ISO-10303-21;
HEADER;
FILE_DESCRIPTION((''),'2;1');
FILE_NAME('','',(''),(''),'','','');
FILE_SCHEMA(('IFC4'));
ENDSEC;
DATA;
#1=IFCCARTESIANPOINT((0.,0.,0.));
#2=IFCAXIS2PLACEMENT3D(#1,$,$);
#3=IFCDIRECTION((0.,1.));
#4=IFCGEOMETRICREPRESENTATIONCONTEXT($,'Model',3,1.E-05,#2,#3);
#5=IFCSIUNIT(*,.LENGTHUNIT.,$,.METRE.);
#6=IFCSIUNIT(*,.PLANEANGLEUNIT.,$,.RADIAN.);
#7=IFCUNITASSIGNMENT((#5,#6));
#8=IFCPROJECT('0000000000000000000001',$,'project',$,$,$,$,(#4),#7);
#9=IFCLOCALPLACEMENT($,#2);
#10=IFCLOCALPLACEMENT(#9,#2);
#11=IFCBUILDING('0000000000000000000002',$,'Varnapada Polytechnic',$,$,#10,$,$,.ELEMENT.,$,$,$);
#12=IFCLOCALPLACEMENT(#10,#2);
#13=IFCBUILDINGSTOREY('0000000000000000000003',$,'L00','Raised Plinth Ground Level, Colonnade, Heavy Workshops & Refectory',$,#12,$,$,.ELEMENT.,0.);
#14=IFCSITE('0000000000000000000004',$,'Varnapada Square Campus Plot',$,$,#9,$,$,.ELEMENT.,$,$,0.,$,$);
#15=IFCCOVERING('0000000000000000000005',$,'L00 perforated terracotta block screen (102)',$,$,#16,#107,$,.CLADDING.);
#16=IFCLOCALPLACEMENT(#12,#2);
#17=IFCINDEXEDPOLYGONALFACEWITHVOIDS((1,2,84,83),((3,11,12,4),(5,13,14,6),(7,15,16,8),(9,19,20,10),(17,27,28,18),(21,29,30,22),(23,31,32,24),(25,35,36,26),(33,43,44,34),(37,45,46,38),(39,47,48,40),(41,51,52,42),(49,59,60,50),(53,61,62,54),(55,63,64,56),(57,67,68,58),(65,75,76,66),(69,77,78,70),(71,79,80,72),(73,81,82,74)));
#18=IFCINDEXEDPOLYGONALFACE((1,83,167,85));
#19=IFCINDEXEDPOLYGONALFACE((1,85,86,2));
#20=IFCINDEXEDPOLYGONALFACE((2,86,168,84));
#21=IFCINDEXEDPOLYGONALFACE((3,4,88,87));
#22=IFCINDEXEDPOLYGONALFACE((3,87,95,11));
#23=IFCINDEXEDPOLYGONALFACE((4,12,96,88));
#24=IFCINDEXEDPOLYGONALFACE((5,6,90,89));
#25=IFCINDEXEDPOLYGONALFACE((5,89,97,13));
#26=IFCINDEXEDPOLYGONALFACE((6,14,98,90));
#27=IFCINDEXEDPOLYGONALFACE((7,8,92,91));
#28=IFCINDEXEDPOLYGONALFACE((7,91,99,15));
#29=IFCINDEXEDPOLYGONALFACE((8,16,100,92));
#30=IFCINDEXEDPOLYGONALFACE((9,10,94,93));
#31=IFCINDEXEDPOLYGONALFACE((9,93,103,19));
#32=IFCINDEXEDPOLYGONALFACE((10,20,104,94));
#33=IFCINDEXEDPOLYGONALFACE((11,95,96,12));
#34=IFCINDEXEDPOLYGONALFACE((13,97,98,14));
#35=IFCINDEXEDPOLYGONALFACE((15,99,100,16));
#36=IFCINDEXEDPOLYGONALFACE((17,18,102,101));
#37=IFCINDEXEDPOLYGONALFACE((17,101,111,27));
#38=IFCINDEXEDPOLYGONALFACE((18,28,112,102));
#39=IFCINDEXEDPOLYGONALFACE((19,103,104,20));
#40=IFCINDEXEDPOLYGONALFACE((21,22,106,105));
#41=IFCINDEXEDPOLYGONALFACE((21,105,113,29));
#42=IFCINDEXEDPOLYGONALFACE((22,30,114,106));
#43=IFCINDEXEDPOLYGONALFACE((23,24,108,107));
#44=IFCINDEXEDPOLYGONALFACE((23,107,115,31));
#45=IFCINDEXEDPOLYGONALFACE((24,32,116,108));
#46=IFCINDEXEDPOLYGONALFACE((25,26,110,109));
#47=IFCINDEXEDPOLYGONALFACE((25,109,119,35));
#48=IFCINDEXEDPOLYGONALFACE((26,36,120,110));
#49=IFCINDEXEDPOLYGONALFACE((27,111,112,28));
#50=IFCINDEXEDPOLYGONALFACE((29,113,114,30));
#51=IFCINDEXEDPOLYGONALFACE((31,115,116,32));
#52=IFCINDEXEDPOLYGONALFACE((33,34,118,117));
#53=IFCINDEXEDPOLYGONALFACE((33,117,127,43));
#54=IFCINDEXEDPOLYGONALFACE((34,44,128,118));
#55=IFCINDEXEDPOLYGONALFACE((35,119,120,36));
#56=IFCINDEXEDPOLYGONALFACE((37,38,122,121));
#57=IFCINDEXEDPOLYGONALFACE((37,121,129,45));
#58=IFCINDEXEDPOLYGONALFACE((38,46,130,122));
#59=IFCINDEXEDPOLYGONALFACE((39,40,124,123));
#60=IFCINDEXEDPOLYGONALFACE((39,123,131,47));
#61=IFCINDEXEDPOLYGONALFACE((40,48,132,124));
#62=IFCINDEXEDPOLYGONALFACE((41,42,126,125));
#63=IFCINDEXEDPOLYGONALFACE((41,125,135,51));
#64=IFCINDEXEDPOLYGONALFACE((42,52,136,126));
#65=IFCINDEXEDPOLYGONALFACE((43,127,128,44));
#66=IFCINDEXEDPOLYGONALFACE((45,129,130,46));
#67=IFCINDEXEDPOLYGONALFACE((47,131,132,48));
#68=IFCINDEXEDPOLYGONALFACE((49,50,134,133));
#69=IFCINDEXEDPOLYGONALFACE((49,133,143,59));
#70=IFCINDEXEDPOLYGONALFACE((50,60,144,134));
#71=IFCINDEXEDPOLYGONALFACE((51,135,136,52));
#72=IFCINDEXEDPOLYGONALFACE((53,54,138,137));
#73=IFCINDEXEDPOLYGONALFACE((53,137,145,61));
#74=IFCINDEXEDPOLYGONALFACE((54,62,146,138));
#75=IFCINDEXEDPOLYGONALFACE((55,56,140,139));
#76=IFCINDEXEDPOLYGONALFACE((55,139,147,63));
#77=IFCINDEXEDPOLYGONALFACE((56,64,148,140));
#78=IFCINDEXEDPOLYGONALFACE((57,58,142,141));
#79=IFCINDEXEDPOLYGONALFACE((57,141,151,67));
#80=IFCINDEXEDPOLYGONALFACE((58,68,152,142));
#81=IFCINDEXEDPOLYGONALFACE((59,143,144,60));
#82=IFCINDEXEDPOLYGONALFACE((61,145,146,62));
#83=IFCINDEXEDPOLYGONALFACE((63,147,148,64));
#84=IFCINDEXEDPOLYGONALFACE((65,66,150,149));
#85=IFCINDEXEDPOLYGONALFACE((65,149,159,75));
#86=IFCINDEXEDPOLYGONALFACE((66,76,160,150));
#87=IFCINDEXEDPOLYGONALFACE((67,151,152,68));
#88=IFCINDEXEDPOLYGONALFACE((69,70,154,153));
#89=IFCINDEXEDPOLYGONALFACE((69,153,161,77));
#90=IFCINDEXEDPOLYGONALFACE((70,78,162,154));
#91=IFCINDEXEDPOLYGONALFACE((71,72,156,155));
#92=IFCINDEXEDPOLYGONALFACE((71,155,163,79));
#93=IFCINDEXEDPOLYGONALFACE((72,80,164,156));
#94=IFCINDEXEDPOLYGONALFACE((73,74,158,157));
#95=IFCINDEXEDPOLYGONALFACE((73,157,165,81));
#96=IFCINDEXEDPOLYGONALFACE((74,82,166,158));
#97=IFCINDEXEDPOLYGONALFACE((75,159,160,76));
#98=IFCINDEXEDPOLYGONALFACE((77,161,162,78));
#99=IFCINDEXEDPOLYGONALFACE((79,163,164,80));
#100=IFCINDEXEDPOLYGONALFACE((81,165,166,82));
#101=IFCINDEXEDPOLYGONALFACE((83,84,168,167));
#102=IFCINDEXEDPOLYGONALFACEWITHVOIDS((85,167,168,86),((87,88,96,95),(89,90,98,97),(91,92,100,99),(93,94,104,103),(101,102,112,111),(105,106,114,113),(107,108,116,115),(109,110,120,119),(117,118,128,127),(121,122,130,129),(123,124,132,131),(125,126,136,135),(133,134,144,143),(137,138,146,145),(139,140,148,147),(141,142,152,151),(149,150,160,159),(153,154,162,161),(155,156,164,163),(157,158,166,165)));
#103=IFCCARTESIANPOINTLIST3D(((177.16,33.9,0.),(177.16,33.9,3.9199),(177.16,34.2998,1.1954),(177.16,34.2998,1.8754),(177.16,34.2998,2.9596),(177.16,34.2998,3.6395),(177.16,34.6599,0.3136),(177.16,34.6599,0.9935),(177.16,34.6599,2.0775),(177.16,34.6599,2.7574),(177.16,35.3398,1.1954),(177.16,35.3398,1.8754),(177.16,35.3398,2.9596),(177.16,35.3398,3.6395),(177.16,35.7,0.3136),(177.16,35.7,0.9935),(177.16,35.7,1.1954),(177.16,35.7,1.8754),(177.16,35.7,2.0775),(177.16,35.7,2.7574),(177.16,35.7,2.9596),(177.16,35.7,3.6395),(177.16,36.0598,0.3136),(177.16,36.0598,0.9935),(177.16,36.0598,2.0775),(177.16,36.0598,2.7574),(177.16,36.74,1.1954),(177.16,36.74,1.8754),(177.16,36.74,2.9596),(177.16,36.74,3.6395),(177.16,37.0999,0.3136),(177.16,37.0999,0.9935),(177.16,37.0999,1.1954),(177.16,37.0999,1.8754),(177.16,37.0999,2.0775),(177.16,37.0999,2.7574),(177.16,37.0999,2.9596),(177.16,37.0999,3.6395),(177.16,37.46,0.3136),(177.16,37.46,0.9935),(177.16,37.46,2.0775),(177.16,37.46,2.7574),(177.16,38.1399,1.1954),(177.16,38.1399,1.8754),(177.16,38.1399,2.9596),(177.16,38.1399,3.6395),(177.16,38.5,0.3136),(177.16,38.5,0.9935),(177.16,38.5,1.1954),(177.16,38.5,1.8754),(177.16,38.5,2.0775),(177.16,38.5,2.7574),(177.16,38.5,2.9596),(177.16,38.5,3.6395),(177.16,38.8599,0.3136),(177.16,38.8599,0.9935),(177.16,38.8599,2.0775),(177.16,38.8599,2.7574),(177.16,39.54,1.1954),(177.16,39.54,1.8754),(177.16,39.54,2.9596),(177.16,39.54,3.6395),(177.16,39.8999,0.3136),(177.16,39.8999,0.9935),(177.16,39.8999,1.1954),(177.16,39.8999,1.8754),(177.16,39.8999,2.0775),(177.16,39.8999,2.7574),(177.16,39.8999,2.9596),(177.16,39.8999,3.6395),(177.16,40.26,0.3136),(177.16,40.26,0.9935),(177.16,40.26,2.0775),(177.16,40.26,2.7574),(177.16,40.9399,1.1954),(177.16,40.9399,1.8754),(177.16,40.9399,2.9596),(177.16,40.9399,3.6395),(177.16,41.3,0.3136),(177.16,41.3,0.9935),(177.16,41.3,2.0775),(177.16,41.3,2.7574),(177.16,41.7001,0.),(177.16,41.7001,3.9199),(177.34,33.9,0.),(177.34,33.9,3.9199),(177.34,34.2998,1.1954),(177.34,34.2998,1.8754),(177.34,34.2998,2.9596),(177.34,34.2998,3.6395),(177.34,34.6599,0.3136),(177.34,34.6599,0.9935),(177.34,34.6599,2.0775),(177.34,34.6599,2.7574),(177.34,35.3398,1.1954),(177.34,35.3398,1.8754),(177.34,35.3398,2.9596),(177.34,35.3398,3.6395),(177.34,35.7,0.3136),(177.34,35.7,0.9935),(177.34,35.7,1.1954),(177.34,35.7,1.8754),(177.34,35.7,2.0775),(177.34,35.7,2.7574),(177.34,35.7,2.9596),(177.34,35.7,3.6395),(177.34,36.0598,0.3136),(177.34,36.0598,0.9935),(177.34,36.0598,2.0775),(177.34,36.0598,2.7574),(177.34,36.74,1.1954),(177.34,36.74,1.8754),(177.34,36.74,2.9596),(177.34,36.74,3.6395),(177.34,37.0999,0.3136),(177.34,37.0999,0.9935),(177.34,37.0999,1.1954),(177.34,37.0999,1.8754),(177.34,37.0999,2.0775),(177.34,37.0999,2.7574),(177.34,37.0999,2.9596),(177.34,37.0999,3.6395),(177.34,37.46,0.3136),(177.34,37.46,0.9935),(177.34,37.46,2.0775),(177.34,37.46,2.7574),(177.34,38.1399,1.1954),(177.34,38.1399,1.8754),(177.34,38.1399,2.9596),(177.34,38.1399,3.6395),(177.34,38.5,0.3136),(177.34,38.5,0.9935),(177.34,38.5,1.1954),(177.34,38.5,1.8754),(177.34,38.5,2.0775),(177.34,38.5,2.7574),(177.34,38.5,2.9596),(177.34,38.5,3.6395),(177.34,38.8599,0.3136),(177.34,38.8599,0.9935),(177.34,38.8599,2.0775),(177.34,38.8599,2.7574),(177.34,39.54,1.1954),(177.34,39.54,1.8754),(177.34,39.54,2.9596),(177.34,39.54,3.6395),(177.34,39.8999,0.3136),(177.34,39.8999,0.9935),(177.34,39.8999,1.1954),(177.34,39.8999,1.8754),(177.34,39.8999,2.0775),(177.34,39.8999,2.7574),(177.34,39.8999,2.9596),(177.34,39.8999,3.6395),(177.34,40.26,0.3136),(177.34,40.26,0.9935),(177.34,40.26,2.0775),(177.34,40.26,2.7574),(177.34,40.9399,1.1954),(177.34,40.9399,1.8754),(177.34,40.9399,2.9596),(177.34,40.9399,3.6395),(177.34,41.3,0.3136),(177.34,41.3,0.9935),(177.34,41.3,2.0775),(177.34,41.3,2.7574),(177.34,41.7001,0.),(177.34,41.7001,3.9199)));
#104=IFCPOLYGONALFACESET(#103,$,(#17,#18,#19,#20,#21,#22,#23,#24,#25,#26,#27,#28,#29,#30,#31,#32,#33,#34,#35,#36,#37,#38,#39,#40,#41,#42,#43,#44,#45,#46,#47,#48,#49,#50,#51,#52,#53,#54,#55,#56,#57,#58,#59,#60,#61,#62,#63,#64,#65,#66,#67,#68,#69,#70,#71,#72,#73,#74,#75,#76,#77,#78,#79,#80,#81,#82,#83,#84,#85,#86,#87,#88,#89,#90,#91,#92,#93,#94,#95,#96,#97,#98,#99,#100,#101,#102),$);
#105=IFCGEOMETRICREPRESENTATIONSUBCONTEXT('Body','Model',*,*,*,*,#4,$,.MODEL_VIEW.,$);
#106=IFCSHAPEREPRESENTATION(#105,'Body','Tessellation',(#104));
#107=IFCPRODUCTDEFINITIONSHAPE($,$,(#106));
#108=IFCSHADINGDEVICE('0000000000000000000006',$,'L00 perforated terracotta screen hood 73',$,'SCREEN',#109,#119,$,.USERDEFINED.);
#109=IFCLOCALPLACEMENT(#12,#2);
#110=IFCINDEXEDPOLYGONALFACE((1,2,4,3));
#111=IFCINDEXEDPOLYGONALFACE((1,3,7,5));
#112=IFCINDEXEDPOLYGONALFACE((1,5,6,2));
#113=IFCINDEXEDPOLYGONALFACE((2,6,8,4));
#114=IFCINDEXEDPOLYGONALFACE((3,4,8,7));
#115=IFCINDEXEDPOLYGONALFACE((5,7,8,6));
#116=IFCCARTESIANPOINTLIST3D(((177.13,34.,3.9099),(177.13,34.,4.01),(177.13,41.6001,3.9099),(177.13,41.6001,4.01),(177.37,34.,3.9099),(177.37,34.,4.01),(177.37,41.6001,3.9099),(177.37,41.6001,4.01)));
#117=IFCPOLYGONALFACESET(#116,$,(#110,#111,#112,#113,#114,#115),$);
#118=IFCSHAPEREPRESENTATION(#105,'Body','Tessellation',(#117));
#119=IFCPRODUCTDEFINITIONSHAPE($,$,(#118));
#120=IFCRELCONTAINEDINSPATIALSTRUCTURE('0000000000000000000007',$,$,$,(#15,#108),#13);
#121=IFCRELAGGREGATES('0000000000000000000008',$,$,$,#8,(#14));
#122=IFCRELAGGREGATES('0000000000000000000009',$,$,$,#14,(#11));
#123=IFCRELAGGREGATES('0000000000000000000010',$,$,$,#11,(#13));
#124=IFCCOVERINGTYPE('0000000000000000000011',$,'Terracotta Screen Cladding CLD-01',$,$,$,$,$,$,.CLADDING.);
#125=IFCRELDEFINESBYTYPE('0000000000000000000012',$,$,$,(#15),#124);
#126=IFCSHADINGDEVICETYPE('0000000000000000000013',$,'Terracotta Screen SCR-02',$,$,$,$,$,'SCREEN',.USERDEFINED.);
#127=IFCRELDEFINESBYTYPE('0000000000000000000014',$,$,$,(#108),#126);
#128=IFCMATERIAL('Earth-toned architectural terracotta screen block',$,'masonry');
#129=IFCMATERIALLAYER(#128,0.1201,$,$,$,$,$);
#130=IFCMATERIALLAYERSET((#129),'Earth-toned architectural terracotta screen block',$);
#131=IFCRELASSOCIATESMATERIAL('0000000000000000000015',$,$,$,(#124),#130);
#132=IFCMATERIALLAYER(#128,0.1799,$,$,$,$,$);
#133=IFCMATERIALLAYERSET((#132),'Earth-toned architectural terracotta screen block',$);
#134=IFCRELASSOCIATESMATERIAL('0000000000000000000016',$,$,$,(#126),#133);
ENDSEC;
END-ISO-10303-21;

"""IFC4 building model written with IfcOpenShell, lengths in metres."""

from ifc_helpers import new_model, si_unit, direction, frame, frame_2d, origin, origin_2d, place, context, subcontext, project, spatial, rectangle, extrude, material, layer, layer_set, type_object, element, save


model = new_model("IFC4")

# Units and contexts
model_context = context("Model", 3, precision=1e-05, world=origin(), true_north=direction((0.0, 1.0)))
body_context = subcontext(model_context, "Body", "Model", "MODEL_VIEW")
ifc_project = project(units=[si_unit("LENGTHUNIT", "METRE"), si_unit("PLANEANGLEUNIT", "RADIAN")], contexts=[model_context])

# Site, building, storey
site_placement = place(None, origin())
site = spatial("IfcSite", under=ifc_project, at=site_placement, Name="Varnapada Square Campus Plot", CompositionType="ELEMENT", RefElevation=0.0)
building_placement = place(site_placement, origin())
building = spatial("IfcBuilding", under=site, at=building_placement, Name="Varnapada Polytechnic", CompositionType="ELEMENT")
storey_placement = place(building_placement, origin())
storey = spatial("IfcBuildingStorey", under=building, at=storey_placement, Name="L00", Description="Raised Plinth Ground Level, Colonnade, Heavy Workshops & Refectory", CompositionType="ELEMENT", Elevation=0.0)

# Covering, openings
ifc_material_1 = material(Name="Earth-toned architectural terracotta screen block", Category="masonry")
ifc_layer_1 = layer(ifc_material_1, 0.1201)
ifc_layer_set_1 = layer_set([ifc_layer_1], Name="Earth-toned architectural terracotta screen block")
covering_type_1 = type_object("IfcCoveringType", Name="Terracotta Screen Cladding CLD-01", PredefinedType="CLADDING", material=ifc_layer_set_1)
covering_1_placement = place(storey_placement, frame((177.25, 41.7, 0.0), z_axis=(0.0, 0.0, 1.0), x_axis=(0.0, -1.0, 0.0)))
covering_1 = element("IfcCovering", 1, at=covering_1_placement, inside=storey, type_object=covering_type_1, Name="L00 perforated terracotta block screen (102)", PredefinedType="CLADDING", context=body_context, shape_type="SweptSolid", body=[
    extrude(rectangle(XDim=7.8, YDim=0.1799, at=frame_2d((3.8999, 0.0))), origin(), (0.0, 0.0, 1.0), 3.9199),
])
opening_1_placement = place(covering_1_placement, frame((0.3999, 0.0, 0.3137)))
element("IfcOpeningElement", 2, at=opening_1_placement, cuts=covering_1, PredefinedType="OPENING", context=body_context, shape_type="SweptSolid", body=[
    extrude(rectangle(XDim=1.04, YDim=0.6799, at=frame_2d((0.52, 0.3398))), frame((0.0, 0.0999, 0.0), z_axis=(0.0, -1.0, 0.0), x_axis=(1.0, 0.0, 0.0)), (0.0, 0.0, 1.0), 0.2),
])
opening_2_placement = place(covering_1_placement, frame((1.8, 0.0, 0.3137)))
element("IfcOpeningElement", 3, at=opening_2_placement, cuts=covering_1, PredefinedType="OPENING", context=body_context, shape_type="SweptSolid", body=[
    extrude(rectangle(XDim=1.04, YDim=0.6799, at=frame_2d((0.52, 0.3398))), frame((0.0, 0.0999, 0.0), z_axis=(0.0, -1.0, 0.0), x_axis=(1.0, 0.0, 0.0)), (0.0, 0.0, 1.0), 0.2),
])
opening_3_placement = place(covering_1_placement, frame((3.2, 0.0, 0.3137)))
element("IfcOpeningElement", 4, at=opening_3_placement, cuts=covering_1, PredefinedType="OPENING", context=body_context, shape_type="SweptSolid", body=[
    extrude(rectangle(XDim=1.04, YDim=0.6799, at=frame_2d((0.52, 0.3398))), frame((0.0, 0.0999, 0.0), z_axis=(0.0, -1.0, 0.0), x_axis=(1.0, 0.0, 0.0)), (0.0, 0.0, 1.0), 0.2),
])
opening_4_placement = place(covering_1_placement, frame((4.6001, 0.0, 0.3137)))
element("IfcOpeningElement", 5, at=opening_4_placement, cuts=covering_1, PredefinedType="OPENING", context=body_context, shape_type="SweptSolid", body=[
    extrude(rectangle(XDim=1.04, YDim=0.6799, at=frame_2d((0.52, 0.3398))), frame((0.0, 0.0999, 0.0), z_axis=(0.0, -1.0, 0.0), x_axis=(1.0, 0.0, 0.0)), (0.0, 0.0, 1.0), 0.2),
])
opening_5_placement = place(covering_1_placement, frame((6.0, 0.0, 0.3137)))
element("IfcOpeningElement", 6, at=opening_5_placement, cuts=covering_1, PredefinedType="OPENING", context=body_context, shape_type="SweptSolid", body=[
    extrude(rectangle(XDim=1.04, YDim=0.6799, at=frame_2d((0.52, 0.3398))), frame((0.0, 0.0999, 0.0), z_axis=(0.0, -1.0, 0.0), x_axis=(1.0, 0.0, 0.0)), (0.0, 0.0, 1.0), 0.2),
])
opening_6_placement = place(covering_1_placement, frame((0.76, 0.0, 1.1956)))
element("IfcOpeningElement", 7, at=opening_6_placement, cuts=covering_1, PredefinedType="OPENING", context=body_context, shape_type="SweptSolid", body=[
    extrude(rectangle(XDim=1.04, YDim=0.6799, at=frame_2d((0.52, 0.3398))), frame((0.0, 0.0999, 0.0), z_axis=(0.0, -1.0, 0.0), x_axis=(1.0, 0.0, 0.0)), (0.0, 0.0, 1.0), 0.2),
])
opening_7_placement = place(covering_1_placement, frame((2.1599, 0.0, 1.1956)))
element("IfcOpeningElement", 8, at=opening_7_placement, cuts=covering_1, PredefinedType="OPENING", context=body_context, shape_type="SweptSolid", body=[
    extrude(rectangle(XDim=1.04, YDim=0.6799, at=frame_2d((0.52, 0.3398))), frame((0.0, 0.0999, 0.0), z_axis=(0.0, -1.0, 0.0), x_axis=(1.0, 0.0, 0.0)), (0.0, 0.0, 1.0), 0.2),
])
opening_8_placement = place(covering_1_placement, frame((3.5601, 0.0, 1.1956)))
element("IfcOpeningElement", 9, at=opening_8_placement, cuts=covering_1, PredefinedType="OPENING", context=body_context, shape_type="SweptSolid", body=[
    extrude(rectangle(XDim=1.04, YDim=0.6799, at=frame_2d((0.52, 0.3398))), frame((0.0, 0.0999, 0.0), z_axis=(0.0, -1.0, 0.0), x_axis=(1.0, 0.0, 0.0)), (0.0, 0.0, 1.0), 0.2),
])
opening_9_placement = place(covering_1_placement, frame((4.96, 0.0, 1.1956)))
element("IfcOpeningElement", 10, at=opening_9_placement, cuts=covering_1, PredefinedType="OPENING", context=body_context, shape_type="SweptSolid", body=[
    extrude(rectangle(XDim=1.04, YDim=0.6799, at=frame_2d((0.52, 0.3398))), frame((0.0, 0.0999, 0.0), z_axis=(0.0, -1.0, 0.0), x_axis=(1.0, 0.0, 0.0)), (0.0, 0.0, 1.0), 0.2),
])
opening_10_placement = place(covering_1_placement, frame((6.3601, 0.0, 1.1956)))
element("IfcOpeningElement", 11, at=opening_10_placement, cuts=covering_1, PredefinedType="OPENING", context=body_context, shape_type="SweptSolid", body=[
    extrude(rectangle(XDim=1.04, YDim=0.6799, at=frame_2d((0.52, 0.3398))), frame((0.0, 0.0999, 0.0), z_axis=(0.0, -1.0, 0.0), x_axis=(1.0, 0.0, 0.0)), (0.0, 0.0, 1.0), 0.2),
])
opening_11_placement = place(covering_1_placement, frame((0.3999, 0.0, 2.0776)))
element("IfcOpeningElement", 12, at=opening_11_placement, cuts=covering_1, PredefinedType="OPENING", context=body_context, shape_type="SweptSolid", body=[
    extrude(rectangle(XDim=1.04, YDim=0.6799, at=frame_2d((0.52, 0.3398))), frame((0.0, 0.0999, 0.0), z_axis=(0.0, -1.0, 0.0), x_axis=(1.0, 0.0, 0.0)), (0.0, 0.0, 1.0), 0.2),
])
opening_12_placement = place(covering_1_placement, frame((1.8, 0.0, 2.0776)))
element("IfcOpeningElement", 13, at=opening_12_placement, cuts=covering_1, PredefinedType="OPENING", context=body_context, shape_type="SweptSolid", body=[
    extrude(rectangle(XDim=1.04, YDim=0.6799, at=frame_2d((0.52, 0.3398))), frame((0.0, 0.0999, 0.0), z_axis=(0.0, -1.0, 0.0), x_axis=(1.0, 0.0, 0.0)), (0.0, 0.0, 1.0), 0.2),
])
opening_13_placement = place(covering_1_placement, frame((3.2, 0.0, 2.0776)))
element("IfcOpeningElement", 14, at=opening_13_placement, cuts=covering_1, PredefinedType="OPENING", context=body_context, shape_type="SweptSolid", body=[
    extrude(rectangle(XDim=1.04, YDim=0.6799, at=frame_2d((0.52, 0.3398))), frame((0.0, 0.0999, 0.0), z_axis=(0.0, -1.0, 0.0), x_axis=(1.0, 0.0, 0.0)), (0.0, 0.0, 1.0), 0.2),
])
opening_14_placement = place(covering_1_placement, frame((4.6001, 0.0, 2.0776)))
element("IfcOpeningElement", 15, at=opening_14_placement, cuts=covering_1, PredefinedType="OPENING", context=body_context, shape_type="SweptSolid", body=[
    extrude(rectangle(XDim=1.04, YDim=0.6799, at=frame_2d((0.52, 0.3398))), frame((0.0, 0.0999, 0.0), z_axis=(0.0, -1.0, 0.0), x_axis=(1.0, 0.0, 0.0)), (0.0, 0.0, 1.0), 0.2),
])
opening_15_placement = place(covering_1_placement, frame((6.0, 0.0, 2.0776)))
element("IfcOpeningElement", 16, at=opening_15_placement, cuts=covering_1, PredefinedType="OPENING", context=body_context, shape_type="SweptSolid", body=[
    extrude(rectangle(XDim=1.04, YDim=0.6799, at=frame_2d((0.52, 0.3398))), frame((0.0, 0.0999, 0.0), z_axis=(0.0, -1.0, 0.0), x_axis=(1.0, 0.0, 0.0)), (0.0, 0.0, 1.0), 0.2),
])
opening_16_placement = place(covering_1_placement, frame((0.76, 0.0, 2.9597)))
element("IfcOpeningElement", 17, at=opening_16_placement, cuts=covering_1, PredefinedType="OPENING", context=body_context, shape_type="SweptSolid", body=[
    extrude(rectangle(XDim=1.04, YDim=0.6799, at=frame_2d((0.52, 0.3398))), frame((0.0, 0.0999, 0.0), z_axis=(0.0, -1.0, 0.0), x_axis=(1.0, 0.0, 0.0)), (0.0, 0.0, 1.0), 0.2),
])
opening_17_placement = place(covering_1_placement, frame((2.1599, 0.0, 2.9597)))
element("IfcOpeningElement", 18, at=opening_17_placement, cuts=covering_1, PredefinedType="OPENING", context=body_context, shape_type="SweptSolid", body=[
    extrude(rectangle(XDim=1.04, YDim=0.6799, at=frame_2d((0.52, 0.3398))), frame((0.0, 0.0999, 0.0), z_axis=(0.0, -1.0, 0.0), x_axis=(1.0, 0.0, 0.0)), (0.0, 0.0, 1.0), 0.2),
])
opening_18_placement = place(covering_1_placement, frame((3.5601, 0.0, 2.9597)))
element("IfcOpeningElement", 19, at=opening_18_placement, cuts=covering_1, PredefinedType="OPENING", context=body_context, shape_type="SweptSolid", body=[
    extrude(rectangle(XDim=1.04, YDim=0.6799, at=frame_2d((0.52, 0.3398))), frame((0.0, 0.0999, 0.0), z_axis=(0.0, -1.0, 0.0), x_axis=(1.0, 0.0, 0.0)), (0.0, 0.0, 1.0), 0.2),
])
opening_19_placement = place(covering_1_placement, frame((4.96, 0.0, 2.9597)))
element("IfcOpeningElement", 20, at=opening_19_placement, cuts=covering_1, PredefinedType="OPENING", context=body_context, shape_type="SweptSolid", body=[
    extrude(rectangle(XDim=1.04, YDim=0.6799, at=frame_2d((0.52, 0.3398))), frame((0.0, 0.0999, 0.0), z_axis=(0.0, -1.0, 0.0), x_axis=(1.0, 0.0, 0.0)), (0.0, 0.0, 1.0), 0.2),
])
opening_20_placement = place(covering_1_placement, frame((6.3601, 0.0, 2.9597)))
element("IfcOpeningElement", 21, at=opening_20_placement, cuts=covering_1, PredefinedType="OPENING", context=body_context, shape_type="SweptSolid", body=[
    extrude(rectangle(XDim=1.04, YDim=0.6799, at=frame_2d((0.52, 0.3398))), frame((0.0, 0.0999, 0.0), z_axis=(0.0, -1.0, 0.0), x_axis=(1.0, 0.0, 0.0)), (0.0, 0.0, 1.0), 0.2),
])

# Shading device
ifc_layer_2 = layer(ifc_material_1, 0.1799)
ifc_layer_set_2 = layer_set([ifc_layer_2], Name="Earth-toned architectural terracotta screen block")
shading_device_type = type_object("IfcShadingDeviceType", Name="Terracotta Screen SCR-02", ElementType="SCREEN", PredefinedType="USERDEFINED", material=ifc_layer_set_2)
shading_device_placement = place(storey_placement, frame((177.25, 37.8, 3.9099), z_axis=(0.0, 0.0, 1.0), x_axis=(0.0, -1.0, 0.0)))
element("IfcShadingDevice", 22, at=shading_device_placement, inside=storey, type_object=shading_device_type, Name="L00 perforated terracotta screen hood 73", ObjectType="SCREEN", PredefinedType="USERDEFINED", context=body_context, shape_type="SweptSolid", body=[
    extrude(rectangle(XDim=7.6001, YDim=0.24, at=origin_2d()), origin(), (0.0, 0.0, 1.0), 0.1001),
])

save(model, "model.ifc")
